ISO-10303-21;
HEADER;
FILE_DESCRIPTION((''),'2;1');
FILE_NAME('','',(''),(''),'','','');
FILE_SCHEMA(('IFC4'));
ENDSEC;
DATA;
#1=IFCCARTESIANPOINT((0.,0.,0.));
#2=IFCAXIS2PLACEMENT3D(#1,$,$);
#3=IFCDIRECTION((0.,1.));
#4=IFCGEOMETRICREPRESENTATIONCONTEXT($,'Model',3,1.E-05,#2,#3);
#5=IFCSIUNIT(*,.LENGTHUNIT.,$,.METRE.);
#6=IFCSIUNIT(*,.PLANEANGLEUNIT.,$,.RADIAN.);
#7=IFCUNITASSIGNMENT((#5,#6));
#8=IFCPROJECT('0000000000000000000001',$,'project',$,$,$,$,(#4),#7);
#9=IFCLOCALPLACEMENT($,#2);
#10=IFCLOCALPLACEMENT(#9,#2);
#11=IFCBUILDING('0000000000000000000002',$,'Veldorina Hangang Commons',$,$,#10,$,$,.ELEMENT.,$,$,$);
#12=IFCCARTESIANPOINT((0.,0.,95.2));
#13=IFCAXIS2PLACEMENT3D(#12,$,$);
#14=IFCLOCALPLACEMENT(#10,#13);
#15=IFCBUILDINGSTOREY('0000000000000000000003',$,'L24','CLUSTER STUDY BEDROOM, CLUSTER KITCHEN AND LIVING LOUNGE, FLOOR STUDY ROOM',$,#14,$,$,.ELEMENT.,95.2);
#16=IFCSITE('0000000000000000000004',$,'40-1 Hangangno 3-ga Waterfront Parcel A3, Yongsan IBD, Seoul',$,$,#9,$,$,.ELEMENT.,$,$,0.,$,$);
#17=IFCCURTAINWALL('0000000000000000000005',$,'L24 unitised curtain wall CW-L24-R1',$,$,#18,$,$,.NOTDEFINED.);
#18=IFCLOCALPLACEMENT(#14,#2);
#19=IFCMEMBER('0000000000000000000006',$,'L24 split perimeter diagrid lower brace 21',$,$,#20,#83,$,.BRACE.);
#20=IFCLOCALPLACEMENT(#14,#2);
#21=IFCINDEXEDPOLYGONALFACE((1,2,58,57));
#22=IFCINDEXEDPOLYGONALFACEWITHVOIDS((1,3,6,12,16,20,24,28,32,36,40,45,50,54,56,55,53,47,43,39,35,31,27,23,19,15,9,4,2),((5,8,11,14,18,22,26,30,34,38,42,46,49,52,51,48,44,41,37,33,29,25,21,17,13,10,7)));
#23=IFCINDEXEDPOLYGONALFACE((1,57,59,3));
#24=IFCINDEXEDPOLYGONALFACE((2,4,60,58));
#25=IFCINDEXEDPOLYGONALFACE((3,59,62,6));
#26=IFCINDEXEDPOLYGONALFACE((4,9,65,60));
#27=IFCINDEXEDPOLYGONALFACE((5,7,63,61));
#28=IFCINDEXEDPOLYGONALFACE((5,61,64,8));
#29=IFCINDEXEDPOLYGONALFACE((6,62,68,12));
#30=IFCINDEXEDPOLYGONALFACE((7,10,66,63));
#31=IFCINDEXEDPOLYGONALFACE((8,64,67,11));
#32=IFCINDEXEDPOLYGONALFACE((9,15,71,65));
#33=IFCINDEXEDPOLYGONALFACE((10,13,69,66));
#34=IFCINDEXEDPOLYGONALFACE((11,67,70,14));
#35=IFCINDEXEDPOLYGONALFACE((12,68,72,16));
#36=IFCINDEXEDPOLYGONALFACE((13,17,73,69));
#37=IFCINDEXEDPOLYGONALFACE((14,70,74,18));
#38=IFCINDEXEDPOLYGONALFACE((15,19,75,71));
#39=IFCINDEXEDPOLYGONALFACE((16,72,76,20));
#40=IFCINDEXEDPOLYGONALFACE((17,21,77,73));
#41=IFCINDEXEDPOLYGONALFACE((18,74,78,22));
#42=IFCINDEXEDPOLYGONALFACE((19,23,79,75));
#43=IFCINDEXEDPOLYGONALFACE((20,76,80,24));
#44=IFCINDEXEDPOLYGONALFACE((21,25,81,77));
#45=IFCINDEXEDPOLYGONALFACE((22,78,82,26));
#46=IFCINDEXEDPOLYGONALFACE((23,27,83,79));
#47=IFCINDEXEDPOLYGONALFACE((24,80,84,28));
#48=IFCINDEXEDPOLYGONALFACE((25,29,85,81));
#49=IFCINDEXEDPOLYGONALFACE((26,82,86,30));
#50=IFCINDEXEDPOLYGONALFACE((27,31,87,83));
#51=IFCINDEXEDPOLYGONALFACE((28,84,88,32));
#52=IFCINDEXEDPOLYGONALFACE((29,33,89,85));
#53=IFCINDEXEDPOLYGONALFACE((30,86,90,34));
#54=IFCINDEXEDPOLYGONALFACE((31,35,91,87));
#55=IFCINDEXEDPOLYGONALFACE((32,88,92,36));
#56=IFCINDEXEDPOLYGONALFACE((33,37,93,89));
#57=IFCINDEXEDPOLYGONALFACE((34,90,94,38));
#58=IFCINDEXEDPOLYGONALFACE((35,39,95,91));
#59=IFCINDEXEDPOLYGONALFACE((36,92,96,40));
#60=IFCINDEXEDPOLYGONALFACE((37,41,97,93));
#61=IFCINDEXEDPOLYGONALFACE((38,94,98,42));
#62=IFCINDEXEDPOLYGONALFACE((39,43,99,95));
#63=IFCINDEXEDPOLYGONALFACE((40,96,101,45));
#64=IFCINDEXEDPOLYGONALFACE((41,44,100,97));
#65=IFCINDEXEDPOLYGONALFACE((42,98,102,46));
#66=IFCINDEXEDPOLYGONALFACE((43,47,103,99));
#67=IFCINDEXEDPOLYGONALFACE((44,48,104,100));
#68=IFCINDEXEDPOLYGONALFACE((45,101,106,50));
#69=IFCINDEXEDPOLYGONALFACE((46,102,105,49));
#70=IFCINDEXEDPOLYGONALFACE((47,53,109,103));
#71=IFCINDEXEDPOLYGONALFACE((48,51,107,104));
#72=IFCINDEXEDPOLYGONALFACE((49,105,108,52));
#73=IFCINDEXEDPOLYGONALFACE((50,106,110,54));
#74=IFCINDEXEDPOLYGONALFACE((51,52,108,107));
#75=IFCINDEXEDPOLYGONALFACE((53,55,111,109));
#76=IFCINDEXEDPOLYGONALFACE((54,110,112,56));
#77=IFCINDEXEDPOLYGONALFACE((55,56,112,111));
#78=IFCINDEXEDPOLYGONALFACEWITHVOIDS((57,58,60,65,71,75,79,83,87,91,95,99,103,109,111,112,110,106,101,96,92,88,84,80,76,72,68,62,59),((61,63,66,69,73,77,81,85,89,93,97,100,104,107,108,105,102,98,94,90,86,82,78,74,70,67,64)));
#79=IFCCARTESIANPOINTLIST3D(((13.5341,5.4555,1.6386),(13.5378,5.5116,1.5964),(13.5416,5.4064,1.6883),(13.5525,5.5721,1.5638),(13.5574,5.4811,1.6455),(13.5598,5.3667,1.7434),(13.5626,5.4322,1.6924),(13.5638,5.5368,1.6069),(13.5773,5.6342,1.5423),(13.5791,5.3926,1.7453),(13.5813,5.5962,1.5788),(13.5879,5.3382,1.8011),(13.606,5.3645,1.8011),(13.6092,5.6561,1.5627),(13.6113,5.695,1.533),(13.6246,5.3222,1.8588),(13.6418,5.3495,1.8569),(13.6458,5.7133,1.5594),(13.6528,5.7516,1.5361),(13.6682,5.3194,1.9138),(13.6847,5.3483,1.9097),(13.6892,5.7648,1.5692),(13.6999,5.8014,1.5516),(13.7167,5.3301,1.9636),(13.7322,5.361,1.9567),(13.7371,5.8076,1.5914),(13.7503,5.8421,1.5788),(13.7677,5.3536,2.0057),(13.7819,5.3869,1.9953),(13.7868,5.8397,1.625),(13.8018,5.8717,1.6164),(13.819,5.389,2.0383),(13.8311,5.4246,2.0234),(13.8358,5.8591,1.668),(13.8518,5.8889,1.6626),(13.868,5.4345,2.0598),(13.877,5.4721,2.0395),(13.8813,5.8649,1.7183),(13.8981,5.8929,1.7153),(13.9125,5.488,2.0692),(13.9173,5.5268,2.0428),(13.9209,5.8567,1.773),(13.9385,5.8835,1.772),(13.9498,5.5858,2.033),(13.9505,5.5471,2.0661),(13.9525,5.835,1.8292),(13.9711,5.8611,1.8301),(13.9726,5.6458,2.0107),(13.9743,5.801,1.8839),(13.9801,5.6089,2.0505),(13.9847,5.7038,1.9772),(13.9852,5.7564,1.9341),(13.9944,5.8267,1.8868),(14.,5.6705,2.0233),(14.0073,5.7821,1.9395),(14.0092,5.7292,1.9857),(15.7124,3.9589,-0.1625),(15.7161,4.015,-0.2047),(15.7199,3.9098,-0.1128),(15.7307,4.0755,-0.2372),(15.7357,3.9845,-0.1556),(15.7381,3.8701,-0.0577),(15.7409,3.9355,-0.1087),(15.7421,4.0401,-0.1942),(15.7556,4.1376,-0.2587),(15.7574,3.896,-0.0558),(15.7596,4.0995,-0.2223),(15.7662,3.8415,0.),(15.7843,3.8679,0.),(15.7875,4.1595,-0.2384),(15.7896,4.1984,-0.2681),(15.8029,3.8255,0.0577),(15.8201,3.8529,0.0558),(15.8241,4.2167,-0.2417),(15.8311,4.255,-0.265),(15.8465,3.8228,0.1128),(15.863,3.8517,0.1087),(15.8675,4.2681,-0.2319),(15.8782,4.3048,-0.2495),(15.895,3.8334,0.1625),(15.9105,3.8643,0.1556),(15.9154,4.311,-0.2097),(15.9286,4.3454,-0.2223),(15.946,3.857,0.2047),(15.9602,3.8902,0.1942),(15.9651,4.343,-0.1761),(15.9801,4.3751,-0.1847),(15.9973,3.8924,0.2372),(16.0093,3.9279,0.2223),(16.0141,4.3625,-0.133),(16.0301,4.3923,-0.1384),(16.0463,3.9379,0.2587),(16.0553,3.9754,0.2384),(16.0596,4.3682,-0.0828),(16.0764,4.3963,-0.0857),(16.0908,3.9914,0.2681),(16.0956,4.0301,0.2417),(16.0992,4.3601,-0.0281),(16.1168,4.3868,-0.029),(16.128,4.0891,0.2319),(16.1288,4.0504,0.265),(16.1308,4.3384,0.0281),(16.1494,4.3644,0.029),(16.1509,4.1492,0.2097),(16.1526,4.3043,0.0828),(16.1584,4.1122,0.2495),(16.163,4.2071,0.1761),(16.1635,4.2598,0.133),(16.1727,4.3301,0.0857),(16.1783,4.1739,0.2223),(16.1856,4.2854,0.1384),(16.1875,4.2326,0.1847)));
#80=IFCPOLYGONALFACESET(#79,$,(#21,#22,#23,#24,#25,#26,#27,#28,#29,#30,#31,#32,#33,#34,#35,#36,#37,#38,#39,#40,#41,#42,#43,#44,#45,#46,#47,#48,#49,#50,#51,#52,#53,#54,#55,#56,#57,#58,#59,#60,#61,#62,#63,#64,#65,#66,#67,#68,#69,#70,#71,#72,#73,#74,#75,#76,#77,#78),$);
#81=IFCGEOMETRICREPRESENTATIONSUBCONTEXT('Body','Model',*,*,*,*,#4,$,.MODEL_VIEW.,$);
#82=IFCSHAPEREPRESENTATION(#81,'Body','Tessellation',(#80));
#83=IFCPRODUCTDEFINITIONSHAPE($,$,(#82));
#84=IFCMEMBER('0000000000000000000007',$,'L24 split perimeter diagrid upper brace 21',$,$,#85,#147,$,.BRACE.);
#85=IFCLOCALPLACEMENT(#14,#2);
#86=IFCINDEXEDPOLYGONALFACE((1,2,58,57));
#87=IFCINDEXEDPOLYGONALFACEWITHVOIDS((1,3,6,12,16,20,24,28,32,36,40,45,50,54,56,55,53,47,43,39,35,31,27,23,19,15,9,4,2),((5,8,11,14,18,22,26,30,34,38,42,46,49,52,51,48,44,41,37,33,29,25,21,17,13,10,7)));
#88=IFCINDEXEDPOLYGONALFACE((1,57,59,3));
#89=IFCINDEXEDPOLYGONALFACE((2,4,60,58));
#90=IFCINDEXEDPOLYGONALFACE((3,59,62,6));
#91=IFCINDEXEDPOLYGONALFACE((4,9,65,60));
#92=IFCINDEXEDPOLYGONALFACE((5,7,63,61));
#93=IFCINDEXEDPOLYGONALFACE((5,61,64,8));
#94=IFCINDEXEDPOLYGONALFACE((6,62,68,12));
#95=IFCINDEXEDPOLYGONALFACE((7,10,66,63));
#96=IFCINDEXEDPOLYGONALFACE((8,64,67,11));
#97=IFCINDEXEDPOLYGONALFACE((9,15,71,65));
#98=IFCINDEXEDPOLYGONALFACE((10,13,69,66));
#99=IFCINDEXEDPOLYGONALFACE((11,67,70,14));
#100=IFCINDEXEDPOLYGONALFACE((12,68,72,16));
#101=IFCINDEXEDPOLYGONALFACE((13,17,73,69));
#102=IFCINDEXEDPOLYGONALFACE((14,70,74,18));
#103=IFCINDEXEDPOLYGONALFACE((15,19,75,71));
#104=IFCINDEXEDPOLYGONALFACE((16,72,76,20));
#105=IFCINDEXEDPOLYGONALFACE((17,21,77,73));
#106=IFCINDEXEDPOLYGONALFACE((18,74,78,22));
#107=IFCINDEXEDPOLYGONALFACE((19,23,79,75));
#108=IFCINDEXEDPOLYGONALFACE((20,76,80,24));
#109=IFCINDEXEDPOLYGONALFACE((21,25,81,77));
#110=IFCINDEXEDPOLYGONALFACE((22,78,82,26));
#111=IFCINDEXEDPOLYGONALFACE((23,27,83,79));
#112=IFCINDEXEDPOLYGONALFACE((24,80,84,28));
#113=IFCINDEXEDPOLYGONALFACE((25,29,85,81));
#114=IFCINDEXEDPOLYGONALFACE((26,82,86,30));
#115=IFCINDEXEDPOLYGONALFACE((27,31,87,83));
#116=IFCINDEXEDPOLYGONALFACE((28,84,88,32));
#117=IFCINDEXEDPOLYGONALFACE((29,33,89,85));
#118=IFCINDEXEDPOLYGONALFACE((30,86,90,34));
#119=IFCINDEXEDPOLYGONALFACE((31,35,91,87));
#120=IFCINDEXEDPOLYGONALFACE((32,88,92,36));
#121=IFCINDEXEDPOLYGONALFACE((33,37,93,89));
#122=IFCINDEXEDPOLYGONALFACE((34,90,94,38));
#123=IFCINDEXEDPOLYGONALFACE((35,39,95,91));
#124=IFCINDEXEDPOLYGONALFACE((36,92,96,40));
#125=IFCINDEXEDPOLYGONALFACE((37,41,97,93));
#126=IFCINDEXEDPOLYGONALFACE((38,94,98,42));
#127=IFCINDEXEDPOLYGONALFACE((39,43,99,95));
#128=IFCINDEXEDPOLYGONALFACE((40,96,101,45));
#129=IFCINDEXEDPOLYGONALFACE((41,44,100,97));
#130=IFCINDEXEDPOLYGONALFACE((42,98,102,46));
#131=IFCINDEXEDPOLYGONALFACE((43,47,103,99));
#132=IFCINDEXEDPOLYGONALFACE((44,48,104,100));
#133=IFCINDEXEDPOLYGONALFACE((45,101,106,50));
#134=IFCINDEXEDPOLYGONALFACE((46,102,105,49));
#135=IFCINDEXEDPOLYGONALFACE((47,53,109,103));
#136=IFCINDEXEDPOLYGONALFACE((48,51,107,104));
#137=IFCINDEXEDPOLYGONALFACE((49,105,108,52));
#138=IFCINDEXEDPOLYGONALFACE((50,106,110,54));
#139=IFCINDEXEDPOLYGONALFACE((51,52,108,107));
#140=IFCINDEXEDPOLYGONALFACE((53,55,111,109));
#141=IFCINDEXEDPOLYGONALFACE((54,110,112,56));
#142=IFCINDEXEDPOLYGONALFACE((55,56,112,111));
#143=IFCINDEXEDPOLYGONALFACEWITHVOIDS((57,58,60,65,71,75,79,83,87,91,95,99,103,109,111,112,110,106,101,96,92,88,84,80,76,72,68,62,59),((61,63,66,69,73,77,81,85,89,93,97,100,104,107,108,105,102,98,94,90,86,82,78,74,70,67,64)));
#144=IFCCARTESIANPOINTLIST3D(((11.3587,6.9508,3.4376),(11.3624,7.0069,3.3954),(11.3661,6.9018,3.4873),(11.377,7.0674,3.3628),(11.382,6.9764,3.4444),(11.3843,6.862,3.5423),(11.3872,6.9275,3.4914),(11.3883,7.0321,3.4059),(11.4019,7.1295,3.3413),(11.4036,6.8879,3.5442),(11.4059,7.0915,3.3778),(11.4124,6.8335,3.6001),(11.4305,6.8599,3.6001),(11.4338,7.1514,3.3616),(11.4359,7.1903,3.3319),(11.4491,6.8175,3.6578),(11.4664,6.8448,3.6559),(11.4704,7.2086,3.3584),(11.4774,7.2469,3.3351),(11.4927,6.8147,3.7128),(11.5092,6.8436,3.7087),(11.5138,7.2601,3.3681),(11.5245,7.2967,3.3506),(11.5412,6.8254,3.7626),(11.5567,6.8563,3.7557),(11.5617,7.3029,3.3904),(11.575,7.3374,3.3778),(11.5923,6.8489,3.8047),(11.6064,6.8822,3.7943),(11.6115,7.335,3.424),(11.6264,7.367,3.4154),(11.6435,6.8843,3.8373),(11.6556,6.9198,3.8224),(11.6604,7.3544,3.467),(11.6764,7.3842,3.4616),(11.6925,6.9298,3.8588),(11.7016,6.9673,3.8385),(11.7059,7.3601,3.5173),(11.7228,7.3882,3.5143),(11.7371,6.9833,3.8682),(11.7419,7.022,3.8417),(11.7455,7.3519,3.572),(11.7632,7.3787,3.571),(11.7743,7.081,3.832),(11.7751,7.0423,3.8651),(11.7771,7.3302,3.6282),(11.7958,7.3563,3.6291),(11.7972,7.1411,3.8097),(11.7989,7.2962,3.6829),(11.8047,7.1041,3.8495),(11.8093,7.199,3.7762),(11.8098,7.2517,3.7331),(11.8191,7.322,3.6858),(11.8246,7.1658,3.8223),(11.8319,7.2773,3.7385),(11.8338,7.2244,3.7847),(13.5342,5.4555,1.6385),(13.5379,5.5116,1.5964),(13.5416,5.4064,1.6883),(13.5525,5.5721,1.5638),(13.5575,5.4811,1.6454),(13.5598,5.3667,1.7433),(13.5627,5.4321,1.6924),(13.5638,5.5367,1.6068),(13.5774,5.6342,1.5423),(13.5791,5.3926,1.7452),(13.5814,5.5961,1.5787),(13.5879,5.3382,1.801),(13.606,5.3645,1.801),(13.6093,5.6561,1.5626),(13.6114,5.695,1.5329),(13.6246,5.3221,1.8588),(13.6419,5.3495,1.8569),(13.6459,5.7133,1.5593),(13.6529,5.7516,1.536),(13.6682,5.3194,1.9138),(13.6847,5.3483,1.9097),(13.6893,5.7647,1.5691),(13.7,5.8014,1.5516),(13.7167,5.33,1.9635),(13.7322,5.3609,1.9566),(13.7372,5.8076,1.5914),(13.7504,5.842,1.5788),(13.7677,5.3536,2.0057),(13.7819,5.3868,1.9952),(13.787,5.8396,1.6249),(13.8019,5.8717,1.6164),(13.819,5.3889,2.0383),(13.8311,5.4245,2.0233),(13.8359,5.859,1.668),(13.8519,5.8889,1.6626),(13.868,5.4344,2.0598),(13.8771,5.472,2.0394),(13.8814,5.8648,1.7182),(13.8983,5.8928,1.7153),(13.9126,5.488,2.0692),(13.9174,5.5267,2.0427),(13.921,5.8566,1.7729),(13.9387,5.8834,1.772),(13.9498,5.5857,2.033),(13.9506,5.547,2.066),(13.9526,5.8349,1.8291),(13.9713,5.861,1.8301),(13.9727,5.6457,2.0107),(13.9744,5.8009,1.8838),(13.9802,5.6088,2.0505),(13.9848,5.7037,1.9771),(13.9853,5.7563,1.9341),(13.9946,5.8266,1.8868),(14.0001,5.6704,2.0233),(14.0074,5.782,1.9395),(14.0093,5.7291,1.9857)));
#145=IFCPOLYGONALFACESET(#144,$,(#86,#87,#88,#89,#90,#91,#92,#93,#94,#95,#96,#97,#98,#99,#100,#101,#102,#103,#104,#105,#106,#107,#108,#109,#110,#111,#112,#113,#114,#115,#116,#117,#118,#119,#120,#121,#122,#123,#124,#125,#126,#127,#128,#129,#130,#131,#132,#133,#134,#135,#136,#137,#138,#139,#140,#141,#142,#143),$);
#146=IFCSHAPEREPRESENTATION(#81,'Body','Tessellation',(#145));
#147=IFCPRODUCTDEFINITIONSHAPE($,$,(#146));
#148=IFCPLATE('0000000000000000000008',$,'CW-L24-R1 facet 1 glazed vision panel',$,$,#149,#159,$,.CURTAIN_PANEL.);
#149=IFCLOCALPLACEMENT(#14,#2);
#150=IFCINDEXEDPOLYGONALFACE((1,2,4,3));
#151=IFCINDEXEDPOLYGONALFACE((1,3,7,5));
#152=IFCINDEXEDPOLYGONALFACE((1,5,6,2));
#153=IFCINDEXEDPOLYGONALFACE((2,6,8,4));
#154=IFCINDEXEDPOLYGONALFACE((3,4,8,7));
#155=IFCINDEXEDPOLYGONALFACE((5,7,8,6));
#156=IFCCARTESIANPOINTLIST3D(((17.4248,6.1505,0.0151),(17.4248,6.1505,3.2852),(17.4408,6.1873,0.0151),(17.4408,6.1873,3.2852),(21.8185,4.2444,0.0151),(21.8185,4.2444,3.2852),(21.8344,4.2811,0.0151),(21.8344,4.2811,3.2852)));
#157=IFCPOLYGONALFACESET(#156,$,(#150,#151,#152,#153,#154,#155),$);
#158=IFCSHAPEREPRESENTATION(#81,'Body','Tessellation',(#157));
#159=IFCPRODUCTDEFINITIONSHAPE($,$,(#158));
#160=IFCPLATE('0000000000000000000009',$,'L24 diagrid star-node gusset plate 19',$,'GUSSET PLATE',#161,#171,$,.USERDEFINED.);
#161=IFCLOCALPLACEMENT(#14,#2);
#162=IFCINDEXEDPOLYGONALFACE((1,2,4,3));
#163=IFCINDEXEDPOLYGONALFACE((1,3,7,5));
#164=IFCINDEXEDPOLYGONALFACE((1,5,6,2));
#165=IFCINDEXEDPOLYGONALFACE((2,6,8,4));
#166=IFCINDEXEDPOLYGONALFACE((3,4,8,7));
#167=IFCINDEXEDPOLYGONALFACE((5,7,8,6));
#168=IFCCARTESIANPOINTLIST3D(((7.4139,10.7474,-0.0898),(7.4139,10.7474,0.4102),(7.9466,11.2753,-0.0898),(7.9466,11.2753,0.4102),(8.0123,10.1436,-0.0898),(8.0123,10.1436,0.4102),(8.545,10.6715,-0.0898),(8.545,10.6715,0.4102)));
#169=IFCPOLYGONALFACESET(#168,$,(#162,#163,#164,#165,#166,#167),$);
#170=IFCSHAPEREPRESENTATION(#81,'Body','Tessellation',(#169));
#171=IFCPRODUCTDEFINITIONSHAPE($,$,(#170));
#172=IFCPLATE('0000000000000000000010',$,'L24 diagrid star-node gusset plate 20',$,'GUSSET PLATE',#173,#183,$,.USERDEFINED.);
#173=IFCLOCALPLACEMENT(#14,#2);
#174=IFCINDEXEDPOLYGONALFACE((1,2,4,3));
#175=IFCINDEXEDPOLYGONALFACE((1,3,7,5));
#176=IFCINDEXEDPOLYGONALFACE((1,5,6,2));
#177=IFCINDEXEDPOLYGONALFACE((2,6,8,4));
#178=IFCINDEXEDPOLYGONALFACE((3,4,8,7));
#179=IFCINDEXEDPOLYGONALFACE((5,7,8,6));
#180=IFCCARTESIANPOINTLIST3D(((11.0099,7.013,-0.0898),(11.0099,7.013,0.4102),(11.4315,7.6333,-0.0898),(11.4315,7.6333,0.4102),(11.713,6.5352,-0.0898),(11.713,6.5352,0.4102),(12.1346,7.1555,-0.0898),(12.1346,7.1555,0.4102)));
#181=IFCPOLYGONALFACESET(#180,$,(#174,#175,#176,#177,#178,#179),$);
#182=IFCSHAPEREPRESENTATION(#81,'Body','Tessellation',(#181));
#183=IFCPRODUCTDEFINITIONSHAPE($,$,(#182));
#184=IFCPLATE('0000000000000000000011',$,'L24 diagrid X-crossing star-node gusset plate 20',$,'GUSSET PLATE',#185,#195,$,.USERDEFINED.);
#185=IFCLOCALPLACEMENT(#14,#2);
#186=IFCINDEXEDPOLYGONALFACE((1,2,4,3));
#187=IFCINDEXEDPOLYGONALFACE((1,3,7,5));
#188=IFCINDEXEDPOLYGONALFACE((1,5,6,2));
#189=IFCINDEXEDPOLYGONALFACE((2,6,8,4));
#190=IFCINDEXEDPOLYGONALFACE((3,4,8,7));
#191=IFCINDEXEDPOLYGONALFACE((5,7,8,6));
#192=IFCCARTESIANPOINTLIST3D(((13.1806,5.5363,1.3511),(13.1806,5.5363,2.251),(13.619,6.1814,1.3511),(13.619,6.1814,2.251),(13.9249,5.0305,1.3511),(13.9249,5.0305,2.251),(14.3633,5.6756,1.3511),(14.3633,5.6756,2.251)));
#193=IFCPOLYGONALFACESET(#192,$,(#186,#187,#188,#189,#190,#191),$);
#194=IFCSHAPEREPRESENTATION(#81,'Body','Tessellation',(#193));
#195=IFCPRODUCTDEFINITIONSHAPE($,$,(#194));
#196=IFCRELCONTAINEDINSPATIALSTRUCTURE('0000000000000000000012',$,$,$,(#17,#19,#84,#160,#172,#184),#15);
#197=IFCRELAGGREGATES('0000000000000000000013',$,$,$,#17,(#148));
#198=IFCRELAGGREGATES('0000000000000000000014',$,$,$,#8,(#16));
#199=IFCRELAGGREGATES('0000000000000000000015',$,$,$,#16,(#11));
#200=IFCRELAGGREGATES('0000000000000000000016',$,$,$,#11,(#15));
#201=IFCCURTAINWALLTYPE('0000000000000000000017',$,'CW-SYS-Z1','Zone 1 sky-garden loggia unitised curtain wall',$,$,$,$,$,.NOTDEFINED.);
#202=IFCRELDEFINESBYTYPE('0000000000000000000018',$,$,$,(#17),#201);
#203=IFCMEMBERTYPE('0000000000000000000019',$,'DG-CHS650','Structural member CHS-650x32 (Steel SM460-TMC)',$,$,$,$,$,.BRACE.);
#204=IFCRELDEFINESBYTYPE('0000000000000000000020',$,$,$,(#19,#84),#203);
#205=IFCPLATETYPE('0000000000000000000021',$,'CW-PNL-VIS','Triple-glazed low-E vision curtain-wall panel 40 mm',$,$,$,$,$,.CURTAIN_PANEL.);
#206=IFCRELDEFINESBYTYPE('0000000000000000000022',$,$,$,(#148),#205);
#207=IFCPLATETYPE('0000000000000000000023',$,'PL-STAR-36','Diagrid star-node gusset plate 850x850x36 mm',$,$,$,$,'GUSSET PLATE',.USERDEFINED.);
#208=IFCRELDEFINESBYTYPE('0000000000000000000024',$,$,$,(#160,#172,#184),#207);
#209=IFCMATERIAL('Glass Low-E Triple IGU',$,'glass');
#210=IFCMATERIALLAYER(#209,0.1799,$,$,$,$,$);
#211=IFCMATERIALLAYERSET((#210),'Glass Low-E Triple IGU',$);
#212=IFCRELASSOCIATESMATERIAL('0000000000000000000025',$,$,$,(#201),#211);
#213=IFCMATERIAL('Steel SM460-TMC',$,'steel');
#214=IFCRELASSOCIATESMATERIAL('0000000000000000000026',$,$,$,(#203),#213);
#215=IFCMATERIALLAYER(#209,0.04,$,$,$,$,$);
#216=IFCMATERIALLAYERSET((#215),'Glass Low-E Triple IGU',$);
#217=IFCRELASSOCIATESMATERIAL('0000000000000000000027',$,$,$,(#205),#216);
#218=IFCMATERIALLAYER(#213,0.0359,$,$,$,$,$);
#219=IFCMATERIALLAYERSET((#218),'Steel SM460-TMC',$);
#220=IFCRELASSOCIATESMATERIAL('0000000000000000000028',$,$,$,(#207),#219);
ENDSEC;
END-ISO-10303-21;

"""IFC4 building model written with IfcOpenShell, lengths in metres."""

from ifc_helpers import new_model, si_unit, direction, frame, origin, origin_2d, place, context, subcontext, project, spatial, rectangle, hollow_circle, extrude, material, layer, layer_set, material_profile, profile_set, type_object, element, aggregate, save


model = new_model("IFC4")

# Units and contexts
model_context = context("Model", 3, precision=1e-05, world=origin(), true_north=direction((0.0, 1.0)))
body_context = subcontext(model_context, "Body", "Model", "MODEL_VIEW")
ifc_project = project(units=[si_unit("LENGTHUNIT", "METRE"), si_unit("PLANEANGLEUNIT", "RADIAN")], contexts=[model_context])

# Site, building, storey
site_placement = place(None, origin())
site = spatial("IfcSite", under=ifc_project, at=site_placement, Name="40-1 Hangangno 3-ga Waterfront Parcel A3, Yongsan IBD, Seoul", CompositionType="ELEMENT", RefElevation=0.0)
building_placement = place(site_placement, origin())
building = spatial("IfcBuilding", under=site, at=building_placement, Name="Veldorina Hangang Commons", CompositionType="ELEMENT")
storey_placement = place(building_placement, frame((0.0, 0.0, 95.2)))
storey = spatial("IfcBuildingStorey", under=building, at=storey_placement, Name="L24", Description="CLUSTER STUDY BEDROOM, CLUSTER KITCHEN AND LIVING LOUNGE, FLOOR STUDY ROOM", CompositionType="ELEMENT", Elevation=95.2)

# Curtain wall
ifc_material_1 = material(Name="Glass Low-E Triple IGU", Category="glass")
ifc_layer_1 = layer(ifc_material_1, 0.1799)
ifc_layer_set_1 = layer_set([ifc_layer_1], Name="Glass Low-E Triple IGU")
curtain_wall_type = type_object("IfcCurtainWallType", Name="CW-SYS-Z1", Description="Zone 1 sky-garden loggia unitised curtain wall", PredefinedType="NOTDEFINED", material=ifc_layer_set_1)
curtain_wall_placement = place(storey_placement, origin())
curtain_wall = element("IfcCurtainWall", 1, at=curtain_wall_placement, inside=storey, type_object=curtain_wall_type, Name="L24 unitised curtain wall CW-L24-R1", PredefinedType="NOTDEFINED")

# Members
ifc_material_2 = material(Name="Steel SM460-TMC", Category="steel")
ifc_material_profile_1 = material_profile(ifc_material_2, hollow_circle(Radius=0.325, WallThickness=0.032, at=origin_2d()), Name="CHS-650x32")
ifc_profile_set_1 = profile_set([ifc_material_profile_1], Name="Steel SM460-TMC")
member_type_1 = type_object("IfcMemberType", Name="DG-CHS650", Description="Structural member CHS-650x32 (Steel SM460-TMC)", PredefinedType="BRACE", material=ifc_profile_set_1)
member_1_placement = place(storey_placement, frame((15.9502, 4.1094, 0.0), z_axis=(-0.68109, 0.467954, 0.563148), x_axis=(-0.566286, -0.824209, 0.0)))
element("IfcMember", 2, at=member_1_placement, inside=storey, type_object=member_type_1, Name="L24 split perimeter diagrid lower brace 21", PredefinedType="BRACE", context=body_context, shape_type="SweptSolid", body=[
    extrude(hollow_circle(Radius=0.325, WallThickness=0.032, at=origin_2d()), origin(), (0.0, 0.0, 1.0), 3.1982),
])
member_2_placement = place(storey_placement, frame((13.772, 5.606, 1.801), z_axis=(-0.680996, 0.468084, 0.563153), x_axis=(-0.566446, -0.824099, 0.0)))
element("IfcMember", 3, at=member_2_placement, inside=storey, type_object=member_type_1, Name="L24 split perimeter diagrid upper brace 21", PredefinedType="BRACE", context=body_context, shape_type="SweptSolid", body=[
    extrude(hollow_circle(Radius=0.325, WallThickness=0.032, at=origin_2d()), origin(), (0.0, 0.0, 1.0), 3.1946),
])

# Plate
ifc_layer_2 = layer(ifc_material_1, 0.04)
ifc_layer_set_2 = layer_set([ifc_layer_2], Name="Glass Low-E Triple IGU")
plate_type_1 = type_object("IfcPlateType", Name="CW-PNL-VIS", Description="Triple-glazed low-E vision curtain-wall panel 40 mm", PredefinedType="CURTAIN_PANEL", material=ifc_layer_set_2)
plate_1_placement = place(storey_placement, frame((19.6296, 5.2158, 0.0151), z_axis=(0.0, 0.0, 1.0), x_axis=(0.917387, -0.397997, 0.0)))
plate_1 = element("IfcPlate", 4, at=plate_1_placement, type_object=plate_type_1, Name="CW-L24-R1 facet 1 glazed vision panel", PredefinedType="CURTAIN_PANEL", context=body_context, shape_type="SweptSolid", body=[
    extrude(rectangle(XDim=4.7893, YDim=0.04, at=origin_2d()), origin(), (0.0, 0.0, 1.0), 3.27),
])
aggregate(curtain_wall, [plate_1])

# Plates
ifc_layer_3 = layer(ifc_material_2, 0.0359)
ifc_layer_set_3 = layer_set([ifc_layer_3], Name="Steel SM460-TMC")
plate_type_2 = type_object("IfcPlateType", Name="PL-STAR-36", Description="Diagrid star-node gusset plate 850x850x36 mm", ElementType="GUSSET PLATE", PredefinedType="USERDEFINED", material=ifc_layer_set_3)
for number, where, z_axis, x_axis, name in (
    (5, (7.9795, 10.7095, -0.0898), (0.0, 0.0, 1.0), (0.703928, -0.710271, 0.0), "L24 diagrid star-node gusset plate 19"),
    (6, (11.5723, 7.0842, -0.0898), (0.0, 0.0, 1.0), (0.82709, -0.562069, 0.0), "L24 diagrid star-node gusset plate 20"),
):
    element("IfcPlate", number, at=place(storey_placement, frame(where, z_axis=z_axis, x_axis=x_axis)), inside=storey, type_object=plate_type_2, Name=name, ObjectType="GUSSET PLATE", PredefinedType="USERDEFINED", context=body_context, shape_type="SweptSolid", body=[
        extrude(rectangle(XDim=0.8501, YDim=0.75, at=origin_2d()), origin(), (0.0, 0.0, 1.0), 0.5),
    ])
plate_2_placement = place(storey_placement, frame((13.772, 5.606, 1.3511), z_axis=(0.0, 0.0, 1.0), x_axis=(0.82709, -0.562069, 0.0)))
element("IfcPlate", 7, at=plate_2_placement, inside=storey, type_object=plate_type_2, Name="L24 diagrid X-crossing star-node gusset plate 20", ObjectType="GUSSET PLATE", PredefinedType="USERDEFINED", context=body_context, shape_type="SweptSolid", body=[
    extrude(rectangle(XDim=0.8999, YDim=0.78, at=origin_2d()), origin(), (0.0, 0.0, 1.0), 0.8999),
])

save(model, "model.ifc")
